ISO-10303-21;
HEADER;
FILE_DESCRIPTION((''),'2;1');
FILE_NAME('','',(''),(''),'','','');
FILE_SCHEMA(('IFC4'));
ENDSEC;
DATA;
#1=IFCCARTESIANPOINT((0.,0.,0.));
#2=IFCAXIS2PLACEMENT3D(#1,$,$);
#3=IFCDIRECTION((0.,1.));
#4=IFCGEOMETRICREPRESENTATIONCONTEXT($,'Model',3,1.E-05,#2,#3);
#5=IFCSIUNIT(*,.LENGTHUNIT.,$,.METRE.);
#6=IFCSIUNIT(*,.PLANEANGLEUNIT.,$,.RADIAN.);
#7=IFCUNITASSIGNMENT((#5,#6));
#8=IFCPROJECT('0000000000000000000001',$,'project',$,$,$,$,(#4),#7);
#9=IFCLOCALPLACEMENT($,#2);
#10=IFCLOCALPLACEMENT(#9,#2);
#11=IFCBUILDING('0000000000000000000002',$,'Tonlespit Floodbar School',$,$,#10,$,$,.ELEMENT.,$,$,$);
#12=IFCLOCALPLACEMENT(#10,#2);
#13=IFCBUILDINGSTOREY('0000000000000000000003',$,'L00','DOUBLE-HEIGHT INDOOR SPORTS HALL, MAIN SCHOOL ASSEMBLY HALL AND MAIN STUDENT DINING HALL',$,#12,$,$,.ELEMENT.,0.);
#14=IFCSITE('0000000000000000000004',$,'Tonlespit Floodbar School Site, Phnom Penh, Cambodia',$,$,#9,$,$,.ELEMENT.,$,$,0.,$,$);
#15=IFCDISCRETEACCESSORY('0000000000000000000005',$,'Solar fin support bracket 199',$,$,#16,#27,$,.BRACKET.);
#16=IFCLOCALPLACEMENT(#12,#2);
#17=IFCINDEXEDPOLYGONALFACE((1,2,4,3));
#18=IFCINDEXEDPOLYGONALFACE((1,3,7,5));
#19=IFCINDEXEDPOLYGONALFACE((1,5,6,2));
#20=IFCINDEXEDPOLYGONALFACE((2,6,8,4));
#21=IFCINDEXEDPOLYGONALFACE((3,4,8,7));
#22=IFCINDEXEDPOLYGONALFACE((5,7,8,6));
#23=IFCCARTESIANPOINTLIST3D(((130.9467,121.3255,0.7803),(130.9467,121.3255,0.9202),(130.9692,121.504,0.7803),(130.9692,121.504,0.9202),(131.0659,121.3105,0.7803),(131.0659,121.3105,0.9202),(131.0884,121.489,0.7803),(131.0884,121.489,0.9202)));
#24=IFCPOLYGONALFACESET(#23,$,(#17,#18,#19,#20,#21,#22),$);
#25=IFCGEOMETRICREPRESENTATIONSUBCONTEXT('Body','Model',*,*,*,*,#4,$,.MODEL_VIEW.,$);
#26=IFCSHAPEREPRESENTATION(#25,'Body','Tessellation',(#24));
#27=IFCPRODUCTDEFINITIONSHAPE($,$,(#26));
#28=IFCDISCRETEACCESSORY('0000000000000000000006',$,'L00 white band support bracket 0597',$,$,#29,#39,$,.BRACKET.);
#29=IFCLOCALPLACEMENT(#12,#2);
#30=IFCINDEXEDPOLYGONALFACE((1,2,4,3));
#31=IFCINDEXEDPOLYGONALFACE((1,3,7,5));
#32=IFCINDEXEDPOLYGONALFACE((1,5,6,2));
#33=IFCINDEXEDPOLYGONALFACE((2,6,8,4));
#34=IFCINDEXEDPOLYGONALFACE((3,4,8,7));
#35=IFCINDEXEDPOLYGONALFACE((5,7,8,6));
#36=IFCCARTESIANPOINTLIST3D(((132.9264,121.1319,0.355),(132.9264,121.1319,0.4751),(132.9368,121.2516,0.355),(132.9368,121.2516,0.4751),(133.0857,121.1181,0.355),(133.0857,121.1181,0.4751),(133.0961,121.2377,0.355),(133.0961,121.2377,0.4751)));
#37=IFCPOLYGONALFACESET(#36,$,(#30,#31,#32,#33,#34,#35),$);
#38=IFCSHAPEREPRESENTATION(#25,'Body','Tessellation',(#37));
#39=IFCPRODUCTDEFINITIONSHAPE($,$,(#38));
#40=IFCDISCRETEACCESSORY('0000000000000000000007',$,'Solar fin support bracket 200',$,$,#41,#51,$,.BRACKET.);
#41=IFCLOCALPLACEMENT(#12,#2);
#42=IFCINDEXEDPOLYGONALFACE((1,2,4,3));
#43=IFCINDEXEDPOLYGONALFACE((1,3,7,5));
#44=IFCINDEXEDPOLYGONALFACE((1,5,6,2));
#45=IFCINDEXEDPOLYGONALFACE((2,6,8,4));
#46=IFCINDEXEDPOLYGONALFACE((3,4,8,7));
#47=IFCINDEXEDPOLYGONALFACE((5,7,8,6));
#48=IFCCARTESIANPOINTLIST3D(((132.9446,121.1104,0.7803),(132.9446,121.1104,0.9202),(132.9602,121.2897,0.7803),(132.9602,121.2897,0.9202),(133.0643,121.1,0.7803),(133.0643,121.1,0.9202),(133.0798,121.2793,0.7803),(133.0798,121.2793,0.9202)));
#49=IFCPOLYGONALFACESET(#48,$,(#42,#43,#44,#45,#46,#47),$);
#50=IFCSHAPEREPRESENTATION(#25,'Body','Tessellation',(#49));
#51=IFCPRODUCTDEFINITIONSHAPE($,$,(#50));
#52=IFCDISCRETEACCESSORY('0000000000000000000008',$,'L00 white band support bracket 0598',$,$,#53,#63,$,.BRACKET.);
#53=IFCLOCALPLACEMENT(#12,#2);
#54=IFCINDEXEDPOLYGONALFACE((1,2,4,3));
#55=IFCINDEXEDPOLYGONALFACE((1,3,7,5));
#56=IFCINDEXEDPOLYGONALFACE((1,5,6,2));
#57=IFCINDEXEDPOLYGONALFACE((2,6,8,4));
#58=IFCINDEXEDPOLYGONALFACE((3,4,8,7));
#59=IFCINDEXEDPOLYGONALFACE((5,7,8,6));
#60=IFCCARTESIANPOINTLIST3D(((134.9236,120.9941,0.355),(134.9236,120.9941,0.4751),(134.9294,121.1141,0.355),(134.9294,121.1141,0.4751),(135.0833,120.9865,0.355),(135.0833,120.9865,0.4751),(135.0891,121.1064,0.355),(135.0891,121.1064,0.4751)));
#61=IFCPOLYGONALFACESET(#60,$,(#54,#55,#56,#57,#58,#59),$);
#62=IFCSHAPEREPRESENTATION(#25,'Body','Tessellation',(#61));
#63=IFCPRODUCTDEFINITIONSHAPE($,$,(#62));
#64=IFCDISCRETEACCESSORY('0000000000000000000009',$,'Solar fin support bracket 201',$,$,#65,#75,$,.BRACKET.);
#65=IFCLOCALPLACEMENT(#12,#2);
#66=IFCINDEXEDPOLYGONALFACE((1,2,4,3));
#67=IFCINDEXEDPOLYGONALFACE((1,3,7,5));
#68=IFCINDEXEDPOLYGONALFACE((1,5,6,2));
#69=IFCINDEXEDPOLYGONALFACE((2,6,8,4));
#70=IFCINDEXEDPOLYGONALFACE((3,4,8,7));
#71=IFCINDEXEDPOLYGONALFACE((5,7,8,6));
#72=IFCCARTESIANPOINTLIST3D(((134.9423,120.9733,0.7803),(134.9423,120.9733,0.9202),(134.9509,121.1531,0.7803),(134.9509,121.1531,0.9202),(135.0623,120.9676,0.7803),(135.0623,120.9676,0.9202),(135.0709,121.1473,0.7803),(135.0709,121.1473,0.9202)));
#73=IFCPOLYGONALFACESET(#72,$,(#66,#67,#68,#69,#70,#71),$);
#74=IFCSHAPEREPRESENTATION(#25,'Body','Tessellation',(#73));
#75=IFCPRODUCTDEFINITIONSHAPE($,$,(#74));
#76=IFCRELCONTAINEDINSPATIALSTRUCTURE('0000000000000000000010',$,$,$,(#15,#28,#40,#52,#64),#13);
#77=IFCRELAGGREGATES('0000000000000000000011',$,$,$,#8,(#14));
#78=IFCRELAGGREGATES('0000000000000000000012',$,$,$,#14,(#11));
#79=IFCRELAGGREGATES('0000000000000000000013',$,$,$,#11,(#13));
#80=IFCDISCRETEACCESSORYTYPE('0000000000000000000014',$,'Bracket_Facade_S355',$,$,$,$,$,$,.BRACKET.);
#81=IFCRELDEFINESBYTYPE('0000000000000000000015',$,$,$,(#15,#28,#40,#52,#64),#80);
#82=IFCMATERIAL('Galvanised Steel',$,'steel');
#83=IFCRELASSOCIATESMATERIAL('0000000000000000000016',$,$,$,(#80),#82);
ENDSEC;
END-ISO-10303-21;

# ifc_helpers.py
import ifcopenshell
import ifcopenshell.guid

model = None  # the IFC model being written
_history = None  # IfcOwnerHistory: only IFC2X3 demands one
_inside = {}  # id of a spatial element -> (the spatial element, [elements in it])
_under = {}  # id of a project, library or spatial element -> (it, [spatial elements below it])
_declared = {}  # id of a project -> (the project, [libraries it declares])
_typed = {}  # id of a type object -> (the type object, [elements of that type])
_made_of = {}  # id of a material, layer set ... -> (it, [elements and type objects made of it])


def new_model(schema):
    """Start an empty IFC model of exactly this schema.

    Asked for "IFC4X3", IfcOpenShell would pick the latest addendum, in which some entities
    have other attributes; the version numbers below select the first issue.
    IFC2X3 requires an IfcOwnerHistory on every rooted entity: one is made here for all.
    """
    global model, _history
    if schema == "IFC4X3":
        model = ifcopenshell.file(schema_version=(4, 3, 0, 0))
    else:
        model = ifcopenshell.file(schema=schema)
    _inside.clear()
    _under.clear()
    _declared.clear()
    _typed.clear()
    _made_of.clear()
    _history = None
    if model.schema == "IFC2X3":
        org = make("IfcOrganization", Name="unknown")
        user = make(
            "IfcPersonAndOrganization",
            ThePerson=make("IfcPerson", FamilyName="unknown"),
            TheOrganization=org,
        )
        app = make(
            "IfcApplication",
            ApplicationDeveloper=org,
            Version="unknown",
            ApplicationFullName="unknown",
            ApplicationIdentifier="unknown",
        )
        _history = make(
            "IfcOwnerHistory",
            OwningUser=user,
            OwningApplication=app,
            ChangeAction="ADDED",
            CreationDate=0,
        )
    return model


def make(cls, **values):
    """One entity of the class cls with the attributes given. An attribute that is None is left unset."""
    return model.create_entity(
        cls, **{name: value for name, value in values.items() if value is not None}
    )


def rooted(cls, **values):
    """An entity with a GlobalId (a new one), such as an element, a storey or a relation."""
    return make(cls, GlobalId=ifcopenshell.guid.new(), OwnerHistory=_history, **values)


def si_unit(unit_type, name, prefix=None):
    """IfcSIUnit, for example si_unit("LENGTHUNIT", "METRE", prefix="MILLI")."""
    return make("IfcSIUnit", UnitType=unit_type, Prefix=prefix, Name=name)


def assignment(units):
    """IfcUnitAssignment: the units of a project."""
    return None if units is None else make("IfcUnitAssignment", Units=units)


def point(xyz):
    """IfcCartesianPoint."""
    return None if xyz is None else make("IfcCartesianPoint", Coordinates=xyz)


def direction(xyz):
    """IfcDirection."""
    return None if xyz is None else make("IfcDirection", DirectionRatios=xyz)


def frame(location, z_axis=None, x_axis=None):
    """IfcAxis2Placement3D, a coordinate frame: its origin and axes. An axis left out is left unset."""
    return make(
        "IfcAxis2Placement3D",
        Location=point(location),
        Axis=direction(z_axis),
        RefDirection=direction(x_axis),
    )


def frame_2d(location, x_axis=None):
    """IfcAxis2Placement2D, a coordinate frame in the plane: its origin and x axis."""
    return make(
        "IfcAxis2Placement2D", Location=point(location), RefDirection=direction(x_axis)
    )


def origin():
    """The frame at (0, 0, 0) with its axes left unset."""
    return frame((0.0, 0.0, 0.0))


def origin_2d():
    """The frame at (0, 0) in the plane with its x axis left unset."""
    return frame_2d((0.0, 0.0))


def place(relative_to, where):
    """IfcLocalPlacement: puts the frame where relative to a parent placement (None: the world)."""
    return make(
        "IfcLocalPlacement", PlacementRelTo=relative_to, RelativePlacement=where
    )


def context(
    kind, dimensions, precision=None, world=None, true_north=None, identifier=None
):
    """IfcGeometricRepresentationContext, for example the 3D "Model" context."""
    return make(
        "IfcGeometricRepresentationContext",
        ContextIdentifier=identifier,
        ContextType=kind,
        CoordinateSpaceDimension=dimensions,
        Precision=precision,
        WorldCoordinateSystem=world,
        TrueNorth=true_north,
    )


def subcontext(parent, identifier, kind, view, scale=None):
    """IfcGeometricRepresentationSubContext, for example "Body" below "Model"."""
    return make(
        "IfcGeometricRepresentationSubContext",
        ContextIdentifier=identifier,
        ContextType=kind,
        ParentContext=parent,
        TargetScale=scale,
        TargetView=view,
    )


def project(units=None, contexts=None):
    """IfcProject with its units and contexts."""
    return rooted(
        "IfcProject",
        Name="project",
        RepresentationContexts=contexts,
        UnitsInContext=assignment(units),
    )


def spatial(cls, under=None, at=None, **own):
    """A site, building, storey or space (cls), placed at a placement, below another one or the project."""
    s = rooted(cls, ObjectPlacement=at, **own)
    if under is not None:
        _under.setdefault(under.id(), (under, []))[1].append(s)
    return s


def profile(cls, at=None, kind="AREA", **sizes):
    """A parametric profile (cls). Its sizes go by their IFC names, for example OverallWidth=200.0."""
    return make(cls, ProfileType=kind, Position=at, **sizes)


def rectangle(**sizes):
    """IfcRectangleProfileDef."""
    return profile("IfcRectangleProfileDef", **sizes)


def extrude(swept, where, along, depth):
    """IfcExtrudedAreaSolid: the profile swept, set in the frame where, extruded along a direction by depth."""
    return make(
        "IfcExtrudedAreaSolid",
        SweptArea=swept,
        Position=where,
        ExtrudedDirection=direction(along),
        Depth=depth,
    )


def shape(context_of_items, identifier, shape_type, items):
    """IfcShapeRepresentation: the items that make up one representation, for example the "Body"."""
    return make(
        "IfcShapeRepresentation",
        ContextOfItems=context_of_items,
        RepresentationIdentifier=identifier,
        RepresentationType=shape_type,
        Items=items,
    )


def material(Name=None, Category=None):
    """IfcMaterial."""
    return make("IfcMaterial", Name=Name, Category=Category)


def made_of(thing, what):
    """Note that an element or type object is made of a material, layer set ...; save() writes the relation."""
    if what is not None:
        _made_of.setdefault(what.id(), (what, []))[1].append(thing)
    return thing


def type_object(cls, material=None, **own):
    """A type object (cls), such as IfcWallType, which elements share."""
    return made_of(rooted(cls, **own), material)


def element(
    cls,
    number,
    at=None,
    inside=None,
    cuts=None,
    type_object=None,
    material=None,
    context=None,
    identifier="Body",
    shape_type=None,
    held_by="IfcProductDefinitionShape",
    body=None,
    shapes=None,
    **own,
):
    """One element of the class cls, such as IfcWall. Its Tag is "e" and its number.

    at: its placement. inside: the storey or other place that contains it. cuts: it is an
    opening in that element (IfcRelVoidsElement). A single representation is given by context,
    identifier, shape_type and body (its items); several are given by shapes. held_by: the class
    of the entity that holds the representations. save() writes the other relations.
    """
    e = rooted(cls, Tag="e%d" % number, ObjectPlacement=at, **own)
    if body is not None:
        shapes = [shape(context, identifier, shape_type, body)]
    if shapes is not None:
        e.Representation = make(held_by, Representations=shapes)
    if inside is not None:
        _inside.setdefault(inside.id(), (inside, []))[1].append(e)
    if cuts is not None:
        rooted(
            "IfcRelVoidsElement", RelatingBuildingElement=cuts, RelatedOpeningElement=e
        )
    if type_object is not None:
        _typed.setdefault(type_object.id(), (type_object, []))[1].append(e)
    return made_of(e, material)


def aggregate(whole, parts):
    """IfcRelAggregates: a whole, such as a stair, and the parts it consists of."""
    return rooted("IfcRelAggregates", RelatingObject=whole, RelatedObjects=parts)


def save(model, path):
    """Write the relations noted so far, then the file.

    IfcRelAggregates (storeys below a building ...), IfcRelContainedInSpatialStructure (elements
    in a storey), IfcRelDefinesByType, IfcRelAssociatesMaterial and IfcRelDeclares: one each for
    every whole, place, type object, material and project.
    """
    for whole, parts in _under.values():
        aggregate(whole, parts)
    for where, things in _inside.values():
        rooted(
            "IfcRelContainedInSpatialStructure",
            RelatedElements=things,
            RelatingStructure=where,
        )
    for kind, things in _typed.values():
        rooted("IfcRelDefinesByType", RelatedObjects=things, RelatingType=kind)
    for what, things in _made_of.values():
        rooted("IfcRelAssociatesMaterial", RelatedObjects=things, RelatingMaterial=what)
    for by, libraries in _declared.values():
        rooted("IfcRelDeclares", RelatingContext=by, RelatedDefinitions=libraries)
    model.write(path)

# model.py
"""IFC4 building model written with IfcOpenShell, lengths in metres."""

from ifc_helpers import new_model, si_unit, direction, frame, origin, origin_2d, place, context, subcontext, project, spatial, rectangle, extrude, material, type_object, element, save


model = new_model("IFC4")

# Units and contexts
model_context = context("Model", 3, precision=1e-05, world=origin(), true_north=direction((0.0, 1.0)))
body_context = subcontext(model_context, "Body", "Model", "MODEL_VIEW")
ifc_project = project(units=[si_unit("LENGTHUNIT", "METRE"), si_unit("PLANEANGLEUNIT", "RADIAN")], contexts=[model_context])

# Site, building, storey
site_placement = place(None, origin())
site = spatial("IfcSite", under=ifc_project, at=site_placement, Name="Tonlespit Floodbar School Site, Phnom Penh, Cambodia", CompositionType="ELEMENT", RefElevation=0.0)
building_placement = place(site_placement, origin())
building = spatial("IfcBuilding", under=site, at=building_placement, Name="Tonlespit Floodbar School", CompositionType="ELEMENT")
storey_placement = place(building_placement, origin())
storey = spatial("IfcBuildingStorey", under=building, at=storey_placement, Name="L00", Description="DOUBLE-HEIGHT INDOOR SPORTS HALL, MAIN SCHOOL ASSEMBLY HALL AND MAIN STUDENT DINING HALL", CompositionType="ELEMENT", Elevation=0.0)

# Discrete accessories
ifc_material_1 = material(Name="Galvanised Steel", Category="steel")
discrete_accessory_type = type_object("IfcDiscreteAccessoryType", Name="Bracket_Facade_S355", PredefinedType="BRACKET", material=ifc_material_1)
discrete_accessory_1_placement = place(storey_placement, frame((131.0176, 121.4072, 0.7803), z_axis=(0.0, 0.0, 1.0), x_axis=(0.992155, -0.125011, 0.0)))
element("IfcDiscreteAccessory", 1, at=discrete_accessory_1_placement, inside=storey, type_object=discrete_accessory_type, Name="Solar fin support bracket 199", PredefinedType="BRACKET", context=body_context, shape_type="SweptSolid", body=[
    extrude(rectangle(XDim=0.1201, YDim=0.1799, at=origin_2d()), origin(), (0.0, 0.0, 1.0), 0.1399),
])
discrete_accessory_2_placement = place(storey_placement, frame((133.0112, 121.1848, 0.355), z_axis=(0.0, 0.0, 1.0), x_axis=(0.996245, -0.086573, 0.0)))
element("IfcDiscreteAccessory", 2, at=discrete_accessory_2_placement, inside=storey, type_object=discrete_accessory_type, Name="L00 white band support bracket 0597", PredefinedType="BRACKET", context=body_context, shape_type="SweptSolid", body=[
    extrude(rectangle(XDim=0.1599, YDim=0.1201, at=origin_2d()), origin(), (0.0, 0.0, 1.0), 0.1201),
])
discrete_accessory_3_placement = place(storey_placement, frame((133.0122, 121.1948, 0.7803), z_axis=(0.0, 0.0, 1.0), x_axis=(0.996245, -0.086573, 0.0)))
element("IfcDiscreteAccessory", 3, at=discrete_accessory_3_placement, inside=storey, type_object=discrete_accessory_type, Name="Solar fin support bracket 200", PredefinedType="BRACKET", context=body_context, shape_type="SweptSolid", body=[
    extrude(rectangle(XDim=0.1201, YDim=0.1799, at=origin_2d()), origin(), (0.0, 0.0, 1.0), 0.1399),
])
discrete_accessory_4_placement = place(storey_placement, frame((135.0063, 121.0503, 0.355), z_axis=(0.0, 0.0, 1.0), x_axis=(0.998843, -0.048095, 0.0)))
element("IfcDiscreteAccessory", 4, at=discrete_accessory_4_placement, inside=storey, type_object=discrete_accessory_type, Name="L00 white band support bracket 0598", PredefinedType="BRACKET", context=body_context, shape_type="SweptSolid", body=[
    extrude(rectangle(XDim=0.1599, YDim=0.1201, at=origin_2d()), origin(), (0.0, 0.0, 1.0), 0.1201),
])
discrete_accessory_5_placement = place(storey_placement, frame((135.0066, 121.0603, 0.7803), z_axis=(0.0, 0.0, 1.0), x_axis=(0.998843, -0.048095, 0.0)))
element("IfcDiscreteAccessory", 5, at=discrete_accessory_5_placement, inside=storey, type_object=discrete_accessory_type, Name="Solar fin support bracket 201", PredefinedType="BRACKET", context=body_context, shape_type="SweptSolid", body=[
    extrude(rectangle(XDim=0.1201, YDim=0.1799, at=origin_2d()), origin(), (0.0, 0.0, 1.0), 0.1399),
])

save(model, "model.ifc")
